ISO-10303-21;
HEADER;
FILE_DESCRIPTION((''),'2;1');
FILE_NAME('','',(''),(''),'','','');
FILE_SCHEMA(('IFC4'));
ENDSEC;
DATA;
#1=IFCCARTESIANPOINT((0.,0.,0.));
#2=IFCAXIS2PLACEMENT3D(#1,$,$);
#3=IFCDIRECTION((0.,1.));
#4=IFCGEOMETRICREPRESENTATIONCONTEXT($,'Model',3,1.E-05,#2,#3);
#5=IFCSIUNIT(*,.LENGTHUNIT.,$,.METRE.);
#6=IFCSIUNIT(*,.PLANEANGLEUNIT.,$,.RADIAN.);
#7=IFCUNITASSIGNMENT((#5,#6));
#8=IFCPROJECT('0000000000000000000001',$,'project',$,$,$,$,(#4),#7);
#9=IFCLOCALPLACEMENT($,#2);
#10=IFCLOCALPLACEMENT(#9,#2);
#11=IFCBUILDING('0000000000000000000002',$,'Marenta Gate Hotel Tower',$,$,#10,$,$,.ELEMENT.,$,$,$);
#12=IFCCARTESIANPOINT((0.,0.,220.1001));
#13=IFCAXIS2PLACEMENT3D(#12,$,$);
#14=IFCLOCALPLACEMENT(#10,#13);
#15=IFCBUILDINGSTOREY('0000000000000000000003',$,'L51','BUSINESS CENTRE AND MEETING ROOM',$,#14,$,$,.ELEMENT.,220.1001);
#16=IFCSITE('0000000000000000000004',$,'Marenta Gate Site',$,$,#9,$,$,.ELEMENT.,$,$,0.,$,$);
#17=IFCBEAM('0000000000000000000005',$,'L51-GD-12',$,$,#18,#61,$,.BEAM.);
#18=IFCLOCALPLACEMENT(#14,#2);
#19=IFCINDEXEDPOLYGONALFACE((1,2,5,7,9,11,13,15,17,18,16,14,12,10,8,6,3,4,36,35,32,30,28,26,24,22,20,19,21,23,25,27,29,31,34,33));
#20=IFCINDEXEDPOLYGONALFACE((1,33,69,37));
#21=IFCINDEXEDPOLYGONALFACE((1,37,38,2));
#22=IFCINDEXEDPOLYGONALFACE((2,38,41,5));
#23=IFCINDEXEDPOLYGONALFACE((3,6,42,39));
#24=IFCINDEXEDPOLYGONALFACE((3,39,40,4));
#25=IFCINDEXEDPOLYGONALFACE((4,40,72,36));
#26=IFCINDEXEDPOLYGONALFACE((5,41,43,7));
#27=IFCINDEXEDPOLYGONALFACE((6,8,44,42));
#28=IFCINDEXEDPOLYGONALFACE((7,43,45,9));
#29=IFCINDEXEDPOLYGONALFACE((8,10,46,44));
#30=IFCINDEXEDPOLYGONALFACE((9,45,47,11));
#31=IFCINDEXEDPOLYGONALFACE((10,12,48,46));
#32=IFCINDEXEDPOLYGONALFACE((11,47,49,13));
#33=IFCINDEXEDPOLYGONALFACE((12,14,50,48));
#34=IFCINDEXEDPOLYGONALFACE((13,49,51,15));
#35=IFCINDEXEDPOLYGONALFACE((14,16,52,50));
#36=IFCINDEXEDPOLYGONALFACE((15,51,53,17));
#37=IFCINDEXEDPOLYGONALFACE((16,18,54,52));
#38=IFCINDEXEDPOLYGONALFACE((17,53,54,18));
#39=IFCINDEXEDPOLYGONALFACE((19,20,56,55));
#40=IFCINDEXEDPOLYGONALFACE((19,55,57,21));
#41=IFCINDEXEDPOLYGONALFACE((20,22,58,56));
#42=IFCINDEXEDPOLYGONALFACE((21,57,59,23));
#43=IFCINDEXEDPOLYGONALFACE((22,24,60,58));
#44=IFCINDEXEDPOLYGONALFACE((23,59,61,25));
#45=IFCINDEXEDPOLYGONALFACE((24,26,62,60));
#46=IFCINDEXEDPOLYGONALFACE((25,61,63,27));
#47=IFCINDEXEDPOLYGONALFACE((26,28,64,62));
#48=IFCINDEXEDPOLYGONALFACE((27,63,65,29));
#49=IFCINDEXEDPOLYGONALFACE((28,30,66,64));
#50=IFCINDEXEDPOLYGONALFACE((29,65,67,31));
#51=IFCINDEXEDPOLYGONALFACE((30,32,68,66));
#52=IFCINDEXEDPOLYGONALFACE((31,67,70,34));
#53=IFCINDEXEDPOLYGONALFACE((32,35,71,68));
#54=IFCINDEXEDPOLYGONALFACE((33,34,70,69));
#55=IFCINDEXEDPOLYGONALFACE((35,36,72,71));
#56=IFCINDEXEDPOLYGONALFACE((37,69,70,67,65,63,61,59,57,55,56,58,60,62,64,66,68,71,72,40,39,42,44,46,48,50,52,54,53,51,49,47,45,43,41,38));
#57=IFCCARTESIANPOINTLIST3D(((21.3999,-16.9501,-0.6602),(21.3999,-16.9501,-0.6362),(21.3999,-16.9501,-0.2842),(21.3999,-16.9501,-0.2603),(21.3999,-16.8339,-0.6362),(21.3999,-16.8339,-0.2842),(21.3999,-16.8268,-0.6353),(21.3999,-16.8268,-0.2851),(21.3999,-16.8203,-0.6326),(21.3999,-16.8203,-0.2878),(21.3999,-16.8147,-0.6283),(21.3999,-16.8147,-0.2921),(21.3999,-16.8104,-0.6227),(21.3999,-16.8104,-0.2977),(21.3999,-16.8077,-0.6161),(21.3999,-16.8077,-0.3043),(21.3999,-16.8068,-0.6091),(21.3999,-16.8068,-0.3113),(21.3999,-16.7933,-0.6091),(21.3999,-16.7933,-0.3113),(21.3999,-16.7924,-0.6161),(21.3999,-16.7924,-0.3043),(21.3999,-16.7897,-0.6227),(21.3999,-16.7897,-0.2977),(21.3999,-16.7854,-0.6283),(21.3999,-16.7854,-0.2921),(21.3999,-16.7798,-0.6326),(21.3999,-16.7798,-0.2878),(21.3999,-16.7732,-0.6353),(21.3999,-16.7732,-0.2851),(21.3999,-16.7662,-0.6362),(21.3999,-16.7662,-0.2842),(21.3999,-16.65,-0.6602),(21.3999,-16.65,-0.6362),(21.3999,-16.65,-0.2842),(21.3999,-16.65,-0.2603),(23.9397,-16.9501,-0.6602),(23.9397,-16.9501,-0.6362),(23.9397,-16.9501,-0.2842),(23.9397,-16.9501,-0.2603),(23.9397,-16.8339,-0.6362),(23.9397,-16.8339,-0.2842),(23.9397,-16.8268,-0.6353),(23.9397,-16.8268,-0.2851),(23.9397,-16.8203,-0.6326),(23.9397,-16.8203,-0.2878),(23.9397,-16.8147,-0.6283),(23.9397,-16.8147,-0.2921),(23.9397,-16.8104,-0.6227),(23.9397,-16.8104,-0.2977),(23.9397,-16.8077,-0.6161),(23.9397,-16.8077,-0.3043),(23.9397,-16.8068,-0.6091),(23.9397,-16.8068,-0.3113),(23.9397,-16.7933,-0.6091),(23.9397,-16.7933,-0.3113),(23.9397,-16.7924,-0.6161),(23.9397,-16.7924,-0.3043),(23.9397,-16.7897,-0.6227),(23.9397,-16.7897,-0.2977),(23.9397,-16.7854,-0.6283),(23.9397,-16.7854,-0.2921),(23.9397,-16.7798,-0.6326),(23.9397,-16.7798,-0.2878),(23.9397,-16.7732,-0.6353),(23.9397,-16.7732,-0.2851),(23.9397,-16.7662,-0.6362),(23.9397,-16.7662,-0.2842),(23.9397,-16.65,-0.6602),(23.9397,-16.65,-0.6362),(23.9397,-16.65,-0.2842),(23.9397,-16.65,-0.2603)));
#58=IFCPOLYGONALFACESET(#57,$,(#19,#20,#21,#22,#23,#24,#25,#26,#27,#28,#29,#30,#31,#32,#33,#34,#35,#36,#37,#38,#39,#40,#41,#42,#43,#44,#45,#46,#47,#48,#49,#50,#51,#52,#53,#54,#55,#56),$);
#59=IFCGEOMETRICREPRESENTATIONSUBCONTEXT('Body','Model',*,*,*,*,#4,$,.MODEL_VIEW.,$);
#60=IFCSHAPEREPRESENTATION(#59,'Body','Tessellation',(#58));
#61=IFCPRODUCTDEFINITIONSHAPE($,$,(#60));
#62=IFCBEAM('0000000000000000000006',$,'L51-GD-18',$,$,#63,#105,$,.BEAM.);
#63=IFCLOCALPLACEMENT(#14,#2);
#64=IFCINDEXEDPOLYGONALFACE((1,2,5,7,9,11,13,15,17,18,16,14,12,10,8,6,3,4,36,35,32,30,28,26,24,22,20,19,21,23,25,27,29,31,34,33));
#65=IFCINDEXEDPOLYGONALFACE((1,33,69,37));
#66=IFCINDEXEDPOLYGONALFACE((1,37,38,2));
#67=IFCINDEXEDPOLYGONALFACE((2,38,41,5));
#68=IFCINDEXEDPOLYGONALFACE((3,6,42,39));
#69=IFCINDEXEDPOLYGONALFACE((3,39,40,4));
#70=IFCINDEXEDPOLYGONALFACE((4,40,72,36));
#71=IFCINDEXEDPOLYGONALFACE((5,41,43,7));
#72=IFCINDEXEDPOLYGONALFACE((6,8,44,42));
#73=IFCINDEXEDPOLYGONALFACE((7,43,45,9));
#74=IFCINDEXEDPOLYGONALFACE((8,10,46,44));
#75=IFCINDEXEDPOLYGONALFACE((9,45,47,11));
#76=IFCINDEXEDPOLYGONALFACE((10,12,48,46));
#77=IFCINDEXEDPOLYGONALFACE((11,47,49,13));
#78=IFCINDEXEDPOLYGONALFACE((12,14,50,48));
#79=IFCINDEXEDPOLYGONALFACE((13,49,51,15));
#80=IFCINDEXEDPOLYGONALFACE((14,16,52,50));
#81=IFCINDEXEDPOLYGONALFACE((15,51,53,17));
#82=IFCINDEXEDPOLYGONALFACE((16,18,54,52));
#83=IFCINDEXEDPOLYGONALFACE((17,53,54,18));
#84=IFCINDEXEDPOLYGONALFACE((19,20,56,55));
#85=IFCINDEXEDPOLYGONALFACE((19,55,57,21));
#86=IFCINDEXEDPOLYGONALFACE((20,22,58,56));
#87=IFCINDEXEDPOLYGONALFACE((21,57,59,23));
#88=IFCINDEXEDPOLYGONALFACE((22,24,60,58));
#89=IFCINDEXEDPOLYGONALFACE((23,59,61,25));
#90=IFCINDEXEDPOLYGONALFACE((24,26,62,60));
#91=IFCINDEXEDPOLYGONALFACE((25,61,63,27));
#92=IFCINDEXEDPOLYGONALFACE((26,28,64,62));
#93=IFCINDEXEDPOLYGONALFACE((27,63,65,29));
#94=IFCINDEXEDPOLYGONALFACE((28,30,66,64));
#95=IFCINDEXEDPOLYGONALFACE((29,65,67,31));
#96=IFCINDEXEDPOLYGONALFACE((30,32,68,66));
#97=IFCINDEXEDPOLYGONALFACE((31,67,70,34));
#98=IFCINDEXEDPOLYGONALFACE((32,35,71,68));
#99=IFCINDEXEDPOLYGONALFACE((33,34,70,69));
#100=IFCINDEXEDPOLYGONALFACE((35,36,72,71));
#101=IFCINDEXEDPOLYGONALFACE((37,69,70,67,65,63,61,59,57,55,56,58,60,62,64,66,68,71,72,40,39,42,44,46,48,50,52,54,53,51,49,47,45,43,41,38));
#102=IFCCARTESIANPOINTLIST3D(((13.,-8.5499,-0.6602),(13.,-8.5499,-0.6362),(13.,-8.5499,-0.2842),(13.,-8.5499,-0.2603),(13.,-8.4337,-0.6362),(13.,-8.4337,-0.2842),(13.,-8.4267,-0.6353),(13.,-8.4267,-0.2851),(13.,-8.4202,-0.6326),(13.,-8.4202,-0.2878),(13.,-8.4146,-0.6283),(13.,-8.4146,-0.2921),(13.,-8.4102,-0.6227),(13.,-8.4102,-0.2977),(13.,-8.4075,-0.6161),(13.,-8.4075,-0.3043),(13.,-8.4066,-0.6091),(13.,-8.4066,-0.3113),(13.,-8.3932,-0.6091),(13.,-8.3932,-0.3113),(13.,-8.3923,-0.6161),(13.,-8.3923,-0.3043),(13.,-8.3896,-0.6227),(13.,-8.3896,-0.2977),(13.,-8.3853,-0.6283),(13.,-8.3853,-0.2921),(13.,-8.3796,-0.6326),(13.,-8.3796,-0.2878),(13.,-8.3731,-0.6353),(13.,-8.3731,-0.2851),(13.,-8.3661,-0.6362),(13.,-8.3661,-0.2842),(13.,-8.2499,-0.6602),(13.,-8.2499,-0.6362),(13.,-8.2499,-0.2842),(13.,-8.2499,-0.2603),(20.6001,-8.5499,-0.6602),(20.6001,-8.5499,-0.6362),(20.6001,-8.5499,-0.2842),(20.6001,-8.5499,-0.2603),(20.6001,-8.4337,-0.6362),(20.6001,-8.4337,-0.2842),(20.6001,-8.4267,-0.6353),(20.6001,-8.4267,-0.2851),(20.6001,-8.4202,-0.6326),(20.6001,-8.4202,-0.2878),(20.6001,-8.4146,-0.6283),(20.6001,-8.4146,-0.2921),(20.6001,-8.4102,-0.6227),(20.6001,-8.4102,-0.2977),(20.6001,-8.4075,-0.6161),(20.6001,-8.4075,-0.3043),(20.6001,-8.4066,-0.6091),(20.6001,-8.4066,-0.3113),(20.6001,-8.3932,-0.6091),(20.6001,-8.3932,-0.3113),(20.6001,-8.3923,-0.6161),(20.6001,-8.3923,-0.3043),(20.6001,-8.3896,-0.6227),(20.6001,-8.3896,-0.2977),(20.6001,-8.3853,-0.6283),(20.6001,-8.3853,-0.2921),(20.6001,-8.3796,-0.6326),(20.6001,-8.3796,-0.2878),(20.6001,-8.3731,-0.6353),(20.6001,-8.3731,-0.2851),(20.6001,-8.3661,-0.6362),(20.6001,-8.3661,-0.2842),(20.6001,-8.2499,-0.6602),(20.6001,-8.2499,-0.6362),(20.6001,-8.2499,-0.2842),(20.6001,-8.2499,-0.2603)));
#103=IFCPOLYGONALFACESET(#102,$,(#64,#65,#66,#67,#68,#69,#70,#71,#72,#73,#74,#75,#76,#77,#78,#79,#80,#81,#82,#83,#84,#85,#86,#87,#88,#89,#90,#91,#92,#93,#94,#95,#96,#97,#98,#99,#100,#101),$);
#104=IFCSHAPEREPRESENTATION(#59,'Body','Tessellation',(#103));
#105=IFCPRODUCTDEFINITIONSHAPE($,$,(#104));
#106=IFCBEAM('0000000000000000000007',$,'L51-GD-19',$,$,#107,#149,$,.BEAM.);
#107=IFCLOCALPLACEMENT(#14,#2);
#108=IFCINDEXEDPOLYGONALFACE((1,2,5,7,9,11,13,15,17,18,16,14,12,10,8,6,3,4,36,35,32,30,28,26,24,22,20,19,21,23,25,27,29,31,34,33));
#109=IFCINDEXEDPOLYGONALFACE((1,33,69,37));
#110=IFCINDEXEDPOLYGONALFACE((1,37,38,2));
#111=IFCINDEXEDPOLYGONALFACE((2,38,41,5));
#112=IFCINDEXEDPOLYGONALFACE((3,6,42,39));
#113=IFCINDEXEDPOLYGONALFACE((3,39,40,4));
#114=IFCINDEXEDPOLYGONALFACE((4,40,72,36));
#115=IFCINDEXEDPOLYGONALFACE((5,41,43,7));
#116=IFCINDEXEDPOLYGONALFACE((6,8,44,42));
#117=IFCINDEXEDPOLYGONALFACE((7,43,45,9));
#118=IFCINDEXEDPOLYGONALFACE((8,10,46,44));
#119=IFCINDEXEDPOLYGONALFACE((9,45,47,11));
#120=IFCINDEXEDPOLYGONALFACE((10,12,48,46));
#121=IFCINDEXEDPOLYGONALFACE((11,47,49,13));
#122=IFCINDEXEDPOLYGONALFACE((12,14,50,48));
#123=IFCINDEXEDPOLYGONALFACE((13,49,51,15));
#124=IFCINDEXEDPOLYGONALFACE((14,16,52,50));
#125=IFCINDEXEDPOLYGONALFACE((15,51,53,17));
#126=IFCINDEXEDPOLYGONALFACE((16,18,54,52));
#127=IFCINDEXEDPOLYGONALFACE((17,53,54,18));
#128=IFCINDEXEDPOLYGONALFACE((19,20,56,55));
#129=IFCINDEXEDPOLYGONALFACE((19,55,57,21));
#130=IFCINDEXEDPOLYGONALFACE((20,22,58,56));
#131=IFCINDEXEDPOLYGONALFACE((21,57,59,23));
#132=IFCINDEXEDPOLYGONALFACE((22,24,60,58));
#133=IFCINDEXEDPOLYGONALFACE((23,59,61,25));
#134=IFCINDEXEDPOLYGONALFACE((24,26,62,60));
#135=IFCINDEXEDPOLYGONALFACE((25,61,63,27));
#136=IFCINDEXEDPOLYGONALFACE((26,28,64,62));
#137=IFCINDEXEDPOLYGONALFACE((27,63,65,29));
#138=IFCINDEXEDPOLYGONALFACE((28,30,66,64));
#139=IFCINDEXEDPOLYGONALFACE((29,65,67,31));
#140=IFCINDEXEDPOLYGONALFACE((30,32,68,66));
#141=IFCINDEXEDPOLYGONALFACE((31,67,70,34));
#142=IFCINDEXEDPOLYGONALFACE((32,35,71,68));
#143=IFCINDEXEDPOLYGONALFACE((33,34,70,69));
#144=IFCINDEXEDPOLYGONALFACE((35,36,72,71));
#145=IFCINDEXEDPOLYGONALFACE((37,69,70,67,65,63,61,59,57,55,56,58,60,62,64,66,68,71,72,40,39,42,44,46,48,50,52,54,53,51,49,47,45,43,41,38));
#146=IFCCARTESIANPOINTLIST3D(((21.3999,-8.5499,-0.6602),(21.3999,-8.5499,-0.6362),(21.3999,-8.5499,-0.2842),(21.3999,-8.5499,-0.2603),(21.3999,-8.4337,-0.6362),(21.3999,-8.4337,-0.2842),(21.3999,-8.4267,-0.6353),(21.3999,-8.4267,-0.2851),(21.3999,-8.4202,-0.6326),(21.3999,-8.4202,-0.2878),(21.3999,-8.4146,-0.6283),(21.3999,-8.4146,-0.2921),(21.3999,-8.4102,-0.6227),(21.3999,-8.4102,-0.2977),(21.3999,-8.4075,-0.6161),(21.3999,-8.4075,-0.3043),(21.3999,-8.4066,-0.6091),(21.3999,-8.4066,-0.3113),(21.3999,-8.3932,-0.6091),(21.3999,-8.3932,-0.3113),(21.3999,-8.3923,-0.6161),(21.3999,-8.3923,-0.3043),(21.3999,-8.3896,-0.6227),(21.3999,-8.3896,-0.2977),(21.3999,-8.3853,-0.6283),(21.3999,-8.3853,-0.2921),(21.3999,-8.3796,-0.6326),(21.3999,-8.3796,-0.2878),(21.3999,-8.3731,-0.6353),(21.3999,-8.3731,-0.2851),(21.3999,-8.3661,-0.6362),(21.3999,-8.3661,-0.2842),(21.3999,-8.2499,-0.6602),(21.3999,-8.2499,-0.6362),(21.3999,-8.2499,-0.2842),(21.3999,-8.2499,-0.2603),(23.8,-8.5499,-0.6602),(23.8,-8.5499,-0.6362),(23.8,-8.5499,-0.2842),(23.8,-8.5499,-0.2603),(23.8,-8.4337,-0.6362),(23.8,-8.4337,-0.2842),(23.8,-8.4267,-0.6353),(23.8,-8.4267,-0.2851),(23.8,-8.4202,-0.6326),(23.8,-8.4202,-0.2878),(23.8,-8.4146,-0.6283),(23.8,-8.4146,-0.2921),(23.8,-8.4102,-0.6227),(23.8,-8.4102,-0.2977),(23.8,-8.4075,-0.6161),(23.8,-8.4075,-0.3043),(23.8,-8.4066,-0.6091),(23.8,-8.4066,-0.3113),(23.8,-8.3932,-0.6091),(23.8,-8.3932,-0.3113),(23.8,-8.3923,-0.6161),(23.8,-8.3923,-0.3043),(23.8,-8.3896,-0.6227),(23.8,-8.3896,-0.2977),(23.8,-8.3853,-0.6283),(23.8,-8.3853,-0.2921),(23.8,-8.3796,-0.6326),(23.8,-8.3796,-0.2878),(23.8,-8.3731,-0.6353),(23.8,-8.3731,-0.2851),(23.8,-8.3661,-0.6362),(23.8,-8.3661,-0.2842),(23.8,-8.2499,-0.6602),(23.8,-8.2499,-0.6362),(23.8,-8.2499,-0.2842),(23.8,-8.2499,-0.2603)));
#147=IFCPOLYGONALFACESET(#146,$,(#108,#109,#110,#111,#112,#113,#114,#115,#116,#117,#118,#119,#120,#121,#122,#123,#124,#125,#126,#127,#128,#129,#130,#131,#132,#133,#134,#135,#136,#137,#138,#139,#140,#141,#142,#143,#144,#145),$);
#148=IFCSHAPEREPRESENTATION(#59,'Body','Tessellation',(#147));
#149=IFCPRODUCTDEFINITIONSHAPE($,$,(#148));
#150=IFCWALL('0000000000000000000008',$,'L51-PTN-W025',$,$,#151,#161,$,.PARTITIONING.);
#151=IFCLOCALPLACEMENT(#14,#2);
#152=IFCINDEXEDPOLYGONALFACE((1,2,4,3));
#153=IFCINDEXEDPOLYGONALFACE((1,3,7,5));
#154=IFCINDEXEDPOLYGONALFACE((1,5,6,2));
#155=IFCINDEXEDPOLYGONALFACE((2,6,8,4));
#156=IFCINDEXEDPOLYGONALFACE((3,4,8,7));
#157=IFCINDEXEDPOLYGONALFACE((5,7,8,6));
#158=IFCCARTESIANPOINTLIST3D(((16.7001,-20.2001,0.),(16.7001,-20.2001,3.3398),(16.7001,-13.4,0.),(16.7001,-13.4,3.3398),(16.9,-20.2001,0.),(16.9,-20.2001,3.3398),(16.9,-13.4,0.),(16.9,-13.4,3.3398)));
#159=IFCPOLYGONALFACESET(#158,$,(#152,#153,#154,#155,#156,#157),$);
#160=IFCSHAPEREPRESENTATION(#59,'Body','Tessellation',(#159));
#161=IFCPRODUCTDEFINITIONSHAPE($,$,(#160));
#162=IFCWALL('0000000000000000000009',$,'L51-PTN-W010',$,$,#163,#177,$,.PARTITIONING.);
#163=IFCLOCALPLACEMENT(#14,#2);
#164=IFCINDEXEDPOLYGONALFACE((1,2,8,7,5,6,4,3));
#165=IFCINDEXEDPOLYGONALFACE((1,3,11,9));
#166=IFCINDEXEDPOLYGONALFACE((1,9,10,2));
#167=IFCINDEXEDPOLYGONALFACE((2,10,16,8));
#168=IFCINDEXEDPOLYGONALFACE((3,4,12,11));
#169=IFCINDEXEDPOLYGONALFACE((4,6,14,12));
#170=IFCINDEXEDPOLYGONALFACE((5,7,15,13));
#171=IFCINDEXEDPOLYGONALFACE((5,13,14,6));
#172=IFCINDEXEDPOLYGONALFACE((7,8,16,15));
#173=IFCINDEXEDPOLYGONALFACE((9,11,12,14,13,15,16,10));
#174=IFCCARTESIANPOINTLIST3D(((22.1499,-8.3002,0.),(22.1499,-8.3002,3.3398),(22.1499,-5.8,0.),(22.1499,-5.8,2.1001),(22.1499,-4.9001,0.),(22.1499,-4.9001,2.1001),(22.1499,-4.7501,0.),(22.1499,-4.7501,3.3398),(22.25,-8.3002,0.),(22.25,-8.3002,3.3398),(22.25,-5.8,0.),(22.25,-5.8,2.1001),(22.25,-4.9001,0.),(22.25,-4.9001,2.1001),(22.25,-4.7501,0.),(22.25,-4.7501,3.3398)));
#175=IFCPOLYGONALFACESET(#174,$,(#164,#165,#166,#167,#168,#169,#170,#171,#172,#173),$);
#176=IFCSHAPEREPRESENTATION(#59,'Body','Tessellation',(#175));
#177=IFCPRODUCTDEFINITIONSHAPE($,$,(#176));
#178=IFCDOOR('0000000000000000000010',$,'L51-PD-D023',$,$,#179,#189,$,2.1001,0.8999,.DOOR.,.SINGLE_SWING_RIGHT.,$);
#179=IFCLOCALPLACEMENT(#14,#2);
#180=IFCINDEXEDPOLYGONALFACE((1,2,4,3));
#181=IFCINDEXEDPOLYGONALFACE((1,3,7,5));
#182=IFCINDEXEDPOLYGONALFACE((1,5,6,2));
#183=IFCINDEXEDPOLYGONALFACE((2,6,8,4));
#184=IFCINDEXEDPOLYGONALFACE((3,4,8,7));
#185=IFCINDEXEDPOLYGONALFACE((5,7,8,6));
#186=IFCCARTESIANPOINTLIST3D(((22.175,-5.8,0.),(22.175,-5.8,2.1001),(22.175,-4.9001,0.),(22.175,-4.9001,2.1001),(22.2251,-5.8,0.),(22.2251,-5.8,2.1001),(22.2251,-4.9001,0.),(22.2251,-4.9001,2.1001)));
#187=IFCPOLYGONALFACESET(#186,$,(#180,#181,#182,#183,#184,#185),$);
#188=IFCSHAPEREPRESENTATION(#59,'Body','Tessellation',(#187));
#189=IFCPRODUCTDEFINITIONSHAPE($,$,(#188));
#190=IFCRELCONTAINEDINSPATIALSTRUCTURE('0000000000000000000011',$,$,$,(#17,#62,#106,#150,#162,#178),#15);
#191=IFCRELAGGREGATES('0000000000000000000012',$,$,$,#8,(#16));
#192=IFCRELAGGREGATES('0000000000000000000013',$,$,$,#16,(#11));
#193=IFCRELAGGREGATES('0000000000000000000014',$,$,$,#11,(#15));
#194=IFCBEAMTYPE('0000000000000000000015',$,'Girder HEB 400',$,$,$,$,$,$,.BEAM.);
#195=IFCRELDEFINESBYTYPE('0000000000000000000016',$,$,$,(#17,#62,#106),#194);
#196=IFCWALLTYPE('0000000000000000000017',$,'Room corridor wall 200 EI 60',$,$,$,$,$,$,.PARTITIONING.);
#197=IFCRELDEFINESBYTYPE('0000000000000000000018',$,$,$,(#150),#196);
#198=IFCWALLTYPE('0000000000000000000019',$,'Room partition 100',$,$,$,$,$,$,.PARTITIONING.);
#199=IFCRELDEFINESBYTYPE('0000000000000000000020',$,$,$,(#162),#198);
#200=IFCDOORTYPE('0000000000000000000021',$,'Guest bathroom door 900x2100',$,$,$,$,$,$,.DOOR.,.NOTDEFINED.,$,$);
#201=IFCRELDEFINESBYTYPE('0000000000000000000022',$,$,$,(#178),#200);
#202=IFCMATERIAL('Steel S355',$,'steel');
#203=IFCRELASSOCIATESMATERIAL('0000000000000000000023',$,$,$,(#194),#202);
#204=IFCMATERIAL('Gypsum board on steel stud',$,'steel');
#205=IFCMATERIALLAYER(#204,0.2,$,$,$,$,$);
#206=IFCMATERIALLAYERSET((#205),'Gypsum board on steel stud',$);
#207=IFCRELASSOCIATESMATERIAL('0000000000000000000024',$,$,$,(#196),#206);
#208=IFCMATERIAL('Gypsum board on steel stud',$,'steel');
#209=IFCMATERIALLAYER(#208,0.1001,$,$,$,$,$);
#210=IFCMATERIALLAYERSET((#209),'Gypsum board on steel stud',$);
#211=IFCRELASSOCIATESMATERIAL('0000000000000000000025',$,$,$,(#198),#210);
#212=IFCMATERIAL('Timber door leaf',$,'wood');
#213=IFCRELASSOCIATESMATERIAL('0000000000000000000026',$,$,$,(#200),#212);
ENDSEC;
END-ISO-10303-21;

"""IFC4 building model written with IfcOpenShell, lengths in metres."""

from ifc_helpers import new_model, si_unit, direction, frame, frame_2d, origin, origin_2d, place, context, subcontext, project, spatial, rectangle, i_section, extrude, material, layer, layer_set, material_profile, profile_set, type_object, element, fill, save


model = new_model("IFC4")

# Units and contexts
model_context = context("Model", 3, precision=1e-05, world=origin(), true_north=direction((0.0, 1.0)))
body_context = subcontext(model_context, "Body", "Model", "MODEL_VIEW")
ifc_project = project(units=[si_unit("LENGTHUNIT", "METRE"), si_unit("PLANEANGLEUNIT", "RADIAN")], contexts=[model_context])

# Site, building, storey
site_placement = place(None, origin())
site = spatial("IfcSite", under=ifc_project, at=site_placement, Name="Marenta Gate Site", CompositionType="ELEMENT", RefElevation=0.0)
building_placement = place(site_placement, origin())
building = spatial("IfcBuilding", under=site, at=building_placement, Name="Marenta Gate Hotel Tower", CompositionType="ELEMENT")
storey_placement = place(building_placement, frame((0.0, 0.0, 220.1001)))
storey = spatial("IfcBuildingStorey", under=building, at=storey_placement, Name="L51", Description="BUSINESS CENTRE AND MEETING ROOM", CompositionType="ELEMENT", Elevation=220.1001)

# Beams
ifc_material_1 = material(Name="Steel S355", Category="steel")
ifc_material_profile_1 = material_profile(ifc_material_1, i_section(OverallWidth=0.3, OverallDepth=0.3999, WebThickness=0.0134, FlangeThickness=0.0239, FilletRadius=0.0271, at=origin_2d()), Name="HEB 400")
ifc_profile_set_1 = profile_set([ifc_material_profile_1], Name="Steel S355")
beam_type_1 = type_object("IfcBeamType", Name="Girder HEB 400", PredefinedType="BEAM", material=ifc_profile_set_1)
beam_1_placement = place(storey_placement, frame((21.3999, -16.8, -0.4602), z_axis=(1.0, 0.0, 0.0), x_axis=(0.0, 1.0, 0.0)))
element("IfcBeam", 1, at=beam_1_placement, inside=storey, type_object=beam_type_1, Name="L51-GD-12", PredefinedType="BEAM", context=body_context, shape_type="SweptSolid", body=[
    extrude(i_section(OverallWidth=0.3, OverallDepth=0.3999, WebThickness=0.0134, FlangeThickness=0.0239, FilletRadius=0.0271, at=origin_2d()), origin(), (0.0, 0.0, 1.0), 2.5398),
])
beam_2_placement = place(storey_placement, frame((13.0, -8.3999, -0.4602), z_axis=(1.0, 0.0, 0.0), x_axis=(0.0, 1.0, 0.0)))
element("IfcBeam", 2, at=beam_2_placement, inside=storey, type_object=beam_type_1, Name="L51-GD-18", PredefinedType="BEAM", context=body_context, shape_type="SweptSolid", body=[
    extrude(i_section(OverallWidth=0.3, OverallDepth=0.3999, WebThickness=0.0134, FlangeThickness=0.0239, FilletRadius=0.0271, at=origin_2d()), origin(), (0.0, 0.0, 1.0), 7.6001),
])
beam_3_placement = place(storey_placement, frame((21.3999, -8.3999, -0.4602), z_axis=(1.0, 0.0, 0.0), x_axis=(0.0, 1.0, 0.0)))
element("IfcBeam", 3, at=beam_3_placement, inside=storey, type_object=beam_type_1, Name="L51-GD-19", PredefinedType="BEAM", context=body_context, shape_type="SweptSolid", body=[
    extrude(i_section(OverallWidth=0.3, OverallDepth=0.3999, WebThickness=0.0134, FlangeThickness=0.0239, FilletRadius=0.0271, at=origin_2d()), origin(), (0.0, 0.0, 1.0), 2.4001),
])

# Wall
ifc_material_2 = material(Name="Gypsum board on steel stud", Category="steel")
ifc_layer_1 = layer(ifc_material_2, 0.2)
ifc_layer_set_1 = layer_set([ifc_layer_1], Name="Gypsum board on steel stud")
wall_type_1 = type_object("IfcWallType", Name="Room corridor wall 200 EI 60", PredefinedType="PARTITIONING", material=ifc_layer_set_1)
wall_1_placement = place(storey_placement, frame((16.8, -20.2, 0.0), z_axis=(0.0, 0.0, 1.0), x_axis=(0.0, 1.0, 0.0)))
element("IfcWall", 4, at=wall_1_placement, inside=storey, type_object=wall_type_1, Name="L51-PTN-W025", PredefinedType="PARTITIONING", context=body_context, shape_type="SweptSolid", body=[
    extrude(rectangle(XDim=6.8, YDim=0.2, at=frame_2d((3.3999, 0.0))), origin(), (0.0, 0.0, 1.0), 3.3398),
])

# Wall, opening, door
ifc_material_3 = material(Name="Gypsum board on steel stud", Category="steel")
ifc_layer_2 = layer(ifc_material_3, 0.1001)
ifc_layer_set_2 = layer_set([ifc_layer_2], Name="Gypsum board on steel stud")
wall_type_2 = type_object("IfcWallType", Name="Room partition 100", PredefinedType="PARTITIONING", material=ifc_layer_set_2)
wall_2_placement = place(storey_placement, frame((22.2, -8.3, 0.0), z_axis=(0.0, 0.0, 1.0), x_axis=(0.0, 1.0, 0.0)))
wall_2 = element("IfcWall", 5, at=wall_2_placement, inside=storey, type_object=wall_type_2, Name="L51-PTN-W010", PredefinedType="PARTITIONING", context=body_context, shape_type="SweptSolid", body=[
    extrude(rectangle(XDim=3.55, YDim=0.1001, at=frame_2d((1.7749, 0.0))), origin(), (0.0, 0.0, 1.0), 3.3398),
])
opening_1_placement = place(wall_2_placement, frame((2.5, 0.0, 0.0)))
opening_1 = element("IfcOpeningElement", 6, at=opening_1_placement, cuts=wall_2, PredefinedType="OPENING", context=body_context, shape_type="SweptSolid", body=[
    extrude(rectangle(XDim=0.8999, YDim=2.1001, at=frame_2d((0.45, 1.05))), frame((0.0, 0.05, 0.0), z_axis=(0.0, -1.0, 0.0), x_axis=(1.0, 0.0, 0.0)), (0.0, 0.0, 1.0), 0.1001),
])
ifc_material_4 = material(Name="Timber door leaf", Category="wood")
door_type = type_object("IfcDoorType", Name="Guest bathroom door 900x2100", OperationType="NOTDEFINED", PredefinedType="DOOR", material=ifc_material_4)
door_1_placement = place(opening_1_placement, origin())
door_1 = element("IfcDoor", 7, at=door_1_placement, inside=storey, type_object=door_type, Name="L51-PD-D023", OperationType="SINGLE_SWING_RIGHT", OverallHeight=2.1001, OverallWidth=0.8999, PredefinedType="DOOR", context=body_context, shape_type="SweptSolid", body=[
    extrude(rectangle(XDim=0.8999, YDim=2.1001, at=frame_2d((0.45, 1.05))), frame((0.0, 0.0249, 0.0), z_axis=(0.0, -1.0, 0.0), x_axis=(1.0, 0.0, 0.0)), (0.0, 0.0, 1.0), 0.05),
])
fill(opening_1, door_1)

save(model, "model.ifc")
